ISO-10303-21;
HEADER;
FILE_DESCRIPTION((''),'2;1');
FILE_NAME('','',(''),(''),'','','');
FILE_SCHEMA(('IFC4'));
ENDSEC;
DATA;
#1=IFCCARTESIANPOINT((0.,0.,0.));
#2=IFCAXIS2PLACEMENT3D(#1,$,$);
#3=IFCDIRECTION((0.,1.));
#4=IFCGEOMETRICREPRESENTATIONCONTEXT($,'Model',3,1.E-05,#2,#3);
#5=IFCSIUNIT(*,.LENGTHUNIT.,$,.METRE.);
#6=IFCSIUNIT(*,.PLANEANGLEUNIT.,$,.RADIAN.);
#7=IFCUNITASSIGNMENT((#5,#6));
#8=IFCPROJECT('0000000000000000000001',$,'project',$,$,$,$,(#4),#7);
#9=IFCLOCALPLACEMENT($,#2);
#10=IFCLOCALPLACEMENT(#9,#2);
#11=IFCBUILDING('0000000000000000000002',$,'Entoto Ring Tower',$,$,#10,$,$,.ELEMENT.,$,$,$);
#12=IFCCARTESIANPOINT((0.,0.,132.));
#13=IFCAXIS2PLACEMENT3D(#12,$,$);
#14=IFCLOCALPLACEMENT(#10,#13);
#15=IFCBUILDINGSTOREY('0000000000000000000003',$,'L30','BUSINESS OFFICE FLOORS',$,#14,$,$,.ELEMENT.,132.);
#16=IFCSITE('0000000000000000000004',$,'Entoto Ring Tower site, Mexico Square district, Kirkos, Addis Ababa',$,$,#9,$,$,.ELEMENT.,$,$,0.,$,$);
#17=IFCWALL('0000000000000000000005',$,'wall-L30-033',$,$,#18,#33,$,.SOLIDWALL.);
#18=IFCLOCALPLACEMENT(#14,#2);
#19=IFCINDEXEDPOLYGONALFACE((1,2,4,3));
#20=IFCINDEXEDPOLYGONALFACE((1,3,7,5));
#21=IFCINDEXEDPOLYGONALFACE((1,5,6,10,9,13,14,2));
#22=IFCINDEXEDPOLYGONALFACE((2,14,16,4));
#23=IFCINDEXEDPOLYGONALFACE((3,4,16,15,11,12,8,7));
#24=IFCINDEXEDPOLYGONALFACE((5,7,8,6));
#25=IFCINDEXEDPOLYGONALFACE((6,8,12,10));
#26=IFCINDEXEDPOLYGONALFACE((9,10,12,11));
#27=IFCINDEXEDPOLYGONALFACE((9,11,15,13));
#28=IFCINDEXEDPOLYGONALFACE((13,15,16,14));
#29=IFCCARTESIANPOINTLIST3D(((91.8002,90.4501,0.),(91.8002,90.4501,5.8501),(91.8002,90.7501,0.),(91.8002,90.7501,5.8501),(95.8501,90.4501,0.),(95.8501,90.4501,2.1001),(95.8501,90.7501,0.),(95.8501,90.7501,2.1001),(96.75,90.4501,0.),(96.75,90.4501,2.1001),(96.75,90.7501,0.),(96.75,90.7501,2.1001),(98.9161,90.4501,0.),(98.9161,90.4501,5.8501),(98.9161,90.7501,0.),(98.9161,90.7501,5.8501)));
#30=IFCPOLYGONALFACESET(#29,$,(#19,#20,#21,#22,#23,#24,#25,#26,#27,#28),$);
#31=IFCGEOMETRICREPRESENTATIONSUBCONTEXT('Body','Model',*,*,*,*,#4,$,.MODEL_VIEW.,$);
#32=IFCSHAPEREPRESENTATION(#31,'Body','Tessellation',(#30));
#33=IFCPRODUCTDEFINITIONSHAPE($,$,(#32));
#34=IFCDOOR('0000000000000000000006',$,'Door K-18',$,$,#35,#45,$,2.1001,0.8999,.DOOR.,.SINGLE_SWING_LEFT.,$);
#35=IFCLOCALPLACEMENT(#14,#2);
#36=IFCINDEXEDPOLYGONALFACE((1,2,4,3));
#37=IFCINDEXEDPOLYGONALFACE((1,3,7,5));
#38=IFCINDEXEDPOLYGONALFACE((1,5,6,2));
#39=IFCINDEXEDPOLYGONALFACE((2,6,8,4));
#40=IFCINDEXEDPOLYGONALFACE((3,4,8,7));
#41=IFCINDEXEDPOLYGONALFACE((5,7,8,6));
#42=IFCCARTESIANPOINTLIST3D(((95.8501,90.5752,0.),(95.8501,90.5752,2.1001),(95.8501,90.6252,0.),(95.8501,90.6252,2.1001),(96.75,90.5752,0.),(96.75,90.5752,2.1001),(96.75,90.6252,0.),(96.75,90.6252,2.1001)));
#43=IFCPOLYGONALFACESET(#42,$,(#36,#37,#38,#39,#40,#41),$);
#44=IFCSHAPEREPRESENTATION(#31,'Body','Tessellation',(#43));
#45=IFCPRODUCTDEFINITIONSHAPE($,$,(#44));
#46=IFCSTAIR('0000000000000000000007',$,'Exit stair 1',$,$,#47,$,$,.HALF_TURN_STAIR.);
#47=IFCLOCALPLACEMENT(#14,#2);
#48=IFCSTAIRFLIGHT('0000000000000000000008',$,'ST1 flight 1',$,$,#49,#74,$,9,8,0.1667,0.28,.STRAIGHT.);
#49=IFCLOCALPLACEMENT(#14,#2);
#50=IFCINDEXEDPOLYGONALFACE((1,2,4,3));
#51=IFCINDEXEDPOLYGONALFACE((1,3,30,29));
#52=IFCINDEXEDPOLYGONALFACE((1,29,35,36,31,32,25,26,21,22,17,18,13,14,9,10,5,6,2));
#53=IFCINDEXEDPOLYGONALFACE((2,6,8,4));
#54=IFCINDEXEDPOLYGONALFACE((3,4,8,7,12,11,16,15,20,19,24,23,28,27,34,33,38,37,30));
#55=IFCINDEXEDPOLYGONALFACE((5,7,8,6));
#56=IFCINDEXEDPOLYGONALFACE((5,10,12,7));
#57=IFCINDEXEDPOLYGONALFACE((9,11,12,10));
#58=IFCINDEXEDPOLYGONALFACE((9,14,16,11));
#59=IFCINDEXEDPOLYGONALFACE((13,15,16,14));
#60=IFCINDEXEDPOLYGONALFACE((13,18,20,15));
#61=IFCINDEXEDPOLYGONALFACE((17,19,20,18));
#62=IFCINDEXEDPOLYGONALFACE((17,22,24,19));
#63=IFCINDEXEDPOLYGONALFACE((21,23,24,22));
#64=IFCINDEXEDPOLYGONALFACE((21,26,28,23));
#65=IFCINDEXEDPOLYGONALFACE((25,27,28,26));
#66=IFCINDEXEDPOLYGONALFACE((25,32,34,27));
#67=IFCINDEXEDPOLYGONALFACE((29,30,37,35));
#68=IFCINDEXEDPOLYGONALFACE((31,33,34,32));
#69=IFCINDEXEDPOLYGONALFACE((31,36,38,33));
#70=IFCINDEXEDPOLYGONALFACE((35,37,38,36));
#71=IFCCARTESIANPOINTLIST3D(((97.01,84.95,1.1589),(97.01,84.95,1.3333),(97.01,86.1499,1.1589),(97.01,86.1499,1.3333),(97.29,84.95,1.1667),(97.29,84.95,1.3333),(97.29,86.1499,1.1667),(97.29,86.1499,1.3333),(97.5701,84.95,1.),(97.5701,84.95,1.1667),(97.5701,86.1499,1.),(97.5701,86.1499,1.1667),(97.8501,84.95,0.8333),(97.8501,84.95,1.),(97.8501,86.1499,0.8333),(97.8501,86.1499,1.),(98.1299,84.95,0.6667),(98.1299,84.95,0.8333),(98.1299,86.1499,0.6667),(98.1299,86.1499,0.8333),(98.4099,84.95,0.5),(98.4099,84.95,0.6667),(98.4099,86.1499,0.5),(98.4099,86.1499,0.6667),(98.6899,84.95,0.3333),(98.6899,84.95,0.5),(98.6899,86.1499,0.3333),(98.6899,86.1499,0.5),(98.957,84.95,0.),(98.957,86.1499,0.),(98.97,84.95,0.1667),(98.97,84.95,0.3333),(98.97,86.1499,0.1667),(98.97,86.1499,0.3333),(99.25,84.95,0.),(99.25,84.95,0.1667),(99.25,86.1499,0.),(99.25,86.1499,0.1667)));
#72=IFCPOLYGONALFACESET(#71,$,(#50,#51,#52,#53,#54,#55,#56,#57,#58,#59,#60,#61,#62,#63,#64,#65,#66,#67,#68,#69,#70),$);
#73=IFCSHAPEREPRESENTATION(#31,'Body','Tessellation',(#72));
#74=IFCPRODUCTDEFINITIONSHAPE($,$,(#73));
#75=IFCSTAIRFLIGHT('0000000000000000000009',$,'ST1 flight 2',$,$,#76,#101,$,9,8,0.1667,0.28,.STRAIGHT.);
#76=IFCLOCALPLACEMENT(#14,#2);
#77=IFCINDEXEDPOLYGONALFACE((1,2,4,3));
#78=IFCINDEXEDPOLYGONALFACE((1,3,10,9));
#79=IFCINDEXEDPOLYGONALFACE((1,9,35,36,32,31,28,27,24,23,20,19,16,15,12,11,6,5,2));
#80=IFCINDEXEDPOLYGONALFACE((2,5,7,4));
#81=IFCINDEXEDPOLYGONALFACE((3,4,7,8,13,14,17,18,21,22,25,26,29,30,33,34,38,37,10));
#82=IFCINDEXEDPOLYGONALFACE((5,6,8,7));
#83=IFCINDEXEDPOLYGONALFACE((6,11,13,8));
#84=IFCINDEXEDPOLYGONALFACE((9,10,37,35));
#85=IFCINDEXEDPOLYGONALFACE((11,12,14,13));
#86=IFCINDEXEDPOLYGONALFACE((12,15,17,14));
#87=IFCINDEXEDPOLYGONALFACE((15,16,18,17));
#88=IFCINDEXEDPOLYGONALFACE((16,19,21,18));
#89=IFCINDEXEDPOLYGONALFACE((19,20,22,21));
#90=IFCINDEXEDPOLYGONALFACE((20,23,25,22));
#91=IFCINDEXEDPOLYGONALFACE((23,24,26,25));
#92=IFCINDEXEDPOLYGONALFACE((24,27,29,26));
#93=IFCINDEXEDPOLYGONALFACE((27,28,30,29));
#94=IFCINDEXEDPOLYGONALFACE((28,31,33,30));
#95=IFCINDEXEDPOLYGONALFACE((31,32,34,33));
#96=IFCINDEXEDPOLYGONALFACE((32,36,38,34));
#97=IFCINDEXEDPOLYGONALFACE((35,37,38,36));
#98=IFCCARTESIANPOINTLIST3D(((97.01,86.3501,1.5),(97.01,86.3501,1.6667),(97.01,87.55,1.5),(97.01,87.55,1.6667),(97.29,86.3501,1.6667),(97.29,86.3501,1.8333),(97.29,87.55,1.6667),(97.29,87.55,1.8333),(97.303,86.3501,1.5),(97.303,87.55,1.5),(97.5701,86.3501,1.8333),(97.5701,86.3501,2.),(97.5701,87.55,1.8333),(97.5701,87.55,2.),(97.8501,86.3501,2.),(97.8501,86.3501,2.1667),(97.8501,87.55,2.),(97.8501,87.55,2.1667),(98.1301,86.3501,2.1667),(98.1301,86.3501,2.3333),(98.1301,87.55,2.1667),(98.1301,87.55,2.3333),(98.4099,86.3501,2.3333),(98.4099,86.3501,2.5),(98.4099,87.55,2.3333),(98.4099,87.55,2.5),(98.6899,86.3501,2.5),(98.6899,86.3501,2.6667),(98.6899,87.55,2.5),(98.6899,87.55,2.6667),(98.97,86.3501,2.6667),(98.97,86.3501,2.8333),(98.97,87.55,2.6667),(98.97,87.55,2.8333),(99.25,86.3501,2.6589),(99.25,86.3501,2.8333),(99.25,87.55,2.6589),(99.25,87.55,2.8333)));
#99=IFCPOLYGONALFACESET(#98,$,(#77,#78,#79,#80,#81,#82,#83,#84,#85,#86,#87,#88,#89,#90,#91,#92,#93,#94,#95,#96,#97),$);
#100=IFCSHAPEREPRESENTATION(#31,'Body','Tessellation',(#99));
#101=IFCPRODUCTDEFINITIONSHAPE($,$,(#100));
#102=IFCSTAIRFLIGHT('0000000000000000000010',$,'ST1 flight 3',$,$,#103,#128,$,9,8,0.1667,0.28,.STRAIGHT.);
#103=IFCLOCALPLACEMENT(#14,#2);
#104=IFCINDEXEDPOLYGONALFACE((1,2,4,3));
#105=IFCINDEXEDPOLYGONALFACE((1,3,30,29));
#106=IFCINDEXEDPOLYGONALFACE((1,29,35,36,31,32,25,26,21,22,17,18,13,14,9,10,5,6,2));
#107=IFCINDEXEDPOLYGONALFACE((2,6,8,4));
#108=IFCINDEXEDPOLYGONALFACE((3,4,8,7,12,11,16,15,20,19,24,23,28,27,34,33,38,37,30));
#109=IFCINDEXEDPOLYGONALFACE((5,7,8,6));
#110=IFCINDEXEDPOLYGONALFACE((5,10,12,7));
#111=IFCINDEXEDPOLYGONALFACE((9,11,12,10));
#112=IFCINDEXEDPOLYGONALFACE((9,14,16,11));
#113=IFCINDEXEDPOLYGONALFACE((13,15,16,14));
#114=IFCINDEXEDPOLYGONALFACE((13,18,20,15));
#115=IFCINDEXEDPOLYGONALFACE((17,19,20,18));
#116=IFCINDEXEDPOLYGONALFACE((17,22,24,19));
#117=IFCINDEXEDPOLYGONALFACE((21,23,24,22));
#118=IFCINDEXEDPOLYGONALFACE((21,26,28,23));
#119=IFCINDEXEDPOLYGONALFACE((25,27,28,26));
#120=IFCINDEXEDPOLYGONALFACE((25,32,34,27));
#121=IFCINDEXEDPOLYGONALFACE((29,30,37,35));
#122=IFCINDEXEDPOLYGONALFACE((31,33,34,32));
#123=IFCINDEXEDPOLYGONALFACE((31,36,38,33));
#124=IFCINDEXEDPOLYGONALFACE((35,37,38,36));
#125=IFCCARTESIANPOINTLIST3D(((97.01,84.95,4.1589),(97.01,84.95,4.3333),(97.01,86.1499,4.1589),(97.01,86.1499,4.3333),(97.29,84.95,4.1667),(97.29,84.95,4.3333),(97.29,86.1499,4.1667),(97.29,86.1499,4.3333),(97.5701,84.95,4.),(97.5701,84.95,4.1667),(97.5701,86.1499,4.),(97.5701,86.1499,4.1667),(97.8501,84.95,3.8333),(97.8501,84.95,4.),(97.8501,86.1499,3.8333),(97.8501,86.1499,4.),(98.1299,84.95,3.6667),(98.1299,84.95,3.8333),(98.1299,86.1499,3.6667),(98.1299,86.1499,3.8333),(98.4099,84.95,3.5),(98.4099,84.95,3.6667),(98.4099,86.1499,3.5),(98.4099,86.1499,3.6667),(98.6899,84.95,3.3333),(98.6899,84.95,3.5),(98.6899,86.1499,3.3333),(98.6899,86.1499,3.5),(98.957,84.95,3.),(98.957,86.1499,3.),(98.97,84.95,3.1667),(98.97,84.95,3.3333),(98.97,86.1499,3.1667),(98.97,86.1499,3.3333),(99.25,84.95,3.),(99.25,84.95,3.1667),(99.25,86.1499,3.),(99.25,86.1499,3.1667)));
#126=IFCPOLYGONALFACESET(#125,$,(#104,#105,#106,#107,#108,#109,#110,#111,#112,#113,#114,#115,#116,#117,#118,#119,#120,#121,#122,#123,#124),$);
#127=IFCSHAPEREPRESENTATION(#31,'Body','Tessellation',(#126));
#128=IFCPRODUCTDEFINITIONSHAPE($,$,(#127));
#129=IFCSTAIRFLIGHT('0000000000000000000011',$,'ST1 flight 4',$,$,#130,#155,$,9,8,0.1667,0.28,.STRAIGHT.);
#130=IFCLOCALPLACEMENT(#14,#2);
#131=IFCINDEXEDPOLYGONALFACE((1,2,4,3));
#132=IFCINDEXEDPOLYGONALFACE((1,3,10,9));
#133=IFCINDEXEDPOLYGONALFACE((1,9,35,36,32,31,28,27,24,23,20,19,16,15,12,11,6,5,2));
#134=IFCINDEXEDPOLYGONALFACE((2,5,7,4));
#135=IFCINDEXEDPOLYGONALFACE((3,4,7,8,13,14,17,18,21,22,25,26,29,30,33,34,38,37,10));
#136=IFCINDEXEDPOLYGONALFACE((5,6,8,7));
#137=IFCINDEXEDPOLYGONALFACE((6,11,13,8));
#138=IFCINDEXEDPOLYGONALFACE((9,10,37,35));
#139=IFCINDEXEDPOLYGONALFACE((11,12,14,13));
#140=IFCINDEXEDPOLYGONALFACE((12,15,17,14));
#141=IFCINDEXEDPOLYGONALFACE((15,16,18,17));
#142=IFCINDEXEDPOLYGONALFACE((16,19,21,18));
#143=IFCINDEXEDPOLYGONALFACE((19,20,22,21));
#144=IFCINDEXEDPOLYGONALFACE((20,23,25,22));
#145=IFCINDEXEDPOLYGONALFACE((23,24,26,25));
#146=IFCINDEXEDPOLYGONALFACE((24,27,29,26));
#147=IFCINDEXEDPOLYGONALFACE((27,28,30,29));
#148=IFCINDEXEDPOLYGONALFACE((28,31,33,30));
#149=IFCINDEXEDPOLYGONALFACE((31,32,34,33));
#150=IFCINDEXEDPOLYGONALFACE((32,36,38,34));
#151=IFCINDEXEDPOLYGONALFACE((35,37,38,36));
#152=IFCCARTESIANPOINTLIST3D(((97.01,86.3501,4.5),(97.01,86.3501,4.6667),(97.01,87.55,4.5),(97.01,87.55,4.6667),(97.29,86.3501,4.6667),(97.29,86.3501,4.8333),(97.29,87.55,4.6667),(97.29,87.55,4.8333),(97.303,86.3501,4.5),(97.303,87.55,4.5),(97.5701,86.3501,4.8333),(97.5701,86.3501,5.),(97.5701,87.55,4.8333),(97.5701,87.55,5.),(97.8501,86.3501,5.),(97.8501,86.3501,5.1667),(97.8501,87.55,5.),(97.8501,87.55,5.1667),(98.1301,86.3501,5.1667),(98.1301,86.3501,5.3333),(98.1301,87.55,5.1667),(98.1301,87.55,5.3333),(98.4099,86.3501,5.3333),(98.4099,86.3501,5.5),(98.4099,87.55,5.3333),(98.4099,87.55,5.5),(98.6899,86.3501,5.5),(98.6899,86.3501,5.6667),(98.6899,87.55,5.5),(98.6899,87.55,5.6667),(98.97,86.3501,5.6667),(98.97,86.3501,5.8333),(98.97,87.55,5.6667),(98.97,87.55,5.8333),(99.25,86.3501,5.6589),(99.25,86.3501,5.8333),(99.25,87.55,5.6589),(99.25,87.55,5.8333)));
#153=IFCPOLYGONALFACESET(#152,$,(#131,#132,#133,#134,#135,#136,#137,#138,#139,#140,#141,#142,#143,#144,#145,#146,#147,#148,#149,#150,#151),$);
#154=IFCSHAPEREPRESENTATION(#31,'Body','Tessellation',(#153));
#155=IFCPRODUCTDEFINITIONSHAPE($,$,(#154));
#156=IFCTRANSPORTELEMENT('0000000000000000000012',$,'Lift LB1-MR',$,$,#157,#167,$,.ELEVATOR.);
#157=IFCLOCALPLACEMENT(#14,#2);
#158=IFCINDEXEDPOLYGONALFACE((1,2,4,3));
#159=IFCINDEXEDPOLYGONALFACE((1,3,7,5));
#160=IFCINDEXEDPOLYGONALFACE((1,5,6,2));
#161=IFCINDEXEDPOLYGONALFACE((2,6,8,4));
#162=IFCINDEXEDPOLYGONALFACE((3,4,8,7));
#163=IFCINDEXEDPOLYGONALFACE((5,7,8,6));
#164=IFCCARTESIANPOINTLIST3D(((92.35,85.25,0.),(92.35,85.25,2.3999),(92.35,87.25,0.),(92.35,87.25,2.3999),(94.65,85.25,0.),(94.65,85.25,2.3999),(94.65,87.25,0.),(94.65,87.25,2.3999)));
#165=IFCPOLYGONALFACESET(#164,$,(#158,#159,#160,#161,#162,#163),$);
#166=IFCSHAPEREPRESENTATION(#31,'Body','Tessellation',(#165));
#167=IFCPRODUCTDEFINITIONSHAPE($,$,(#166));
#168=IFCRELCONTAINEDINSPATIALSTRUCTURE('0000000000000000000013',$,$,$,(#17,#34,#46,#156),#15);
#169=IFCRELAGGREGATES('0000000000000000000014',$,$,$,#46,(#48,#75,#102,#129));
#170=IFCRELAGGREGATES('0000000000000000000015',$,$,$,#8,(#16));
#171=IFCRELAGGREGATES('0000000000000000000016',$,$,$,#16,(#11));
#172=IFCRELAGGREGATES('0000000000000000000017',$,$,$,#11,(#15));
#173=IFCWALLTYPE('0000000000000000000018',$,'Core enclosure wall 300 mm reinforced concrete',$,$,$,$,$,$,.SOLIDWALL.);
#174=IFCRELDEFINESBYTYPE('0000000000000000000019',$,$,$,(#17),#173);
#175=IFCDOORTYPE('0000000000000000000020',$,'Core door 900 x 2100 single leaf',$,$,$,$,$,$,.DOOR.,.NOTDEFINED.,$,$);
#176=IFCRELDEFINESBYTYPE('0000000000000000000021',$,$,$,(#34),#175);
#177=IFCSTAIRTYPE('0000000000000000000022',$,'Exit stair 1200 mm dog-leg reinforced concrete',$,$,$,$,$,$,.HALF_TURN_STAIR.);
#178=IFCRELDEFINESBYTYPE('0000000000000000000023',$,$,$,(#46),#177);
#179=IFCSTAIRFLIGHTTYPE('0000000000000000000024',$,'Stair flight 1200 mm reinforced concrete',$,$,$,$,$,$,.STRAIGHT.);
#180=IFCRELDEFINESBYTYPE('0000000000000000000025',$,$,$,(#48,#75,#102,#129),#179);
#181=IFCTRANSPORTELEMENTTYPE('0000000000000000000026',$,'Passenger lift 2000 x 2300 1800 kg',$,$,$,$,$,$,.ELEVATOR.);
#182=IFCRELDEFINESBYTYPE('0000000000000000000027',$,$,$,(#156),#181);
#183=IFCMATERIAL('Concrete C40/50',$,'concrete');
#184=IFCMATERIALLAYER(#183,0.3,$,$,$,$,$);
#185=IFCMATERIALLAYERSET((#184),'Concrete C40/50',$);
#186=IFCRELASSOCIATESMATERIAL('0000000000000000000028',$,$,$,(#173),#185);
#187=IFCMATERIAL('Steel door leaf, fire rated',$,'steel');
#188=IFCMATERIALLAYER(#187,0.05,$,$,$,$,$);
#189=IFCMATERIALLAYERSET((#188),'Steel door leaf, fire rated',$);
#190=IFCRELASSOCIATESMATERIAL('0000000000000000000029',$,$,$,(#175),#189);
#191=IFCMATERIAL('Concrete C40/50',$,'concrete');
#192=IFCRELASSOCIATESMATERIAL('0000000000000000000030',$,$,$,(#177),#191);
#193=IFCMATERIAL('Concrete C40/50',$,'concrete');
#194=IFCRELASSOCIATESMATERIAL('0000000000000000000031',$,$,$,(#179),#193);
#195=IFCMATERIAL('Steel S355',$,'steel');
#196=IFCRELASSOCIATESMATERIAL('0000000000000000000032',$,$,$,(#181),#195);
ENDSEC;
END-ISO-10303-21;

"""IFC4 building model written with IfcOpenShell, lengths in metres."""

from ifc_helpers import new_model, si_unit, direction, frame, frame_2d, origin, origin_2d, place, context, subcontext, project, spatial, polyline, rectangle, outline, extrude, material, layer, layer_set, type_object, element, fill, aggregate, save


model = new_model("IFC4")

# Units and contexts
model_context = context("Model", 3, precision=1e-05, world=origin(), true_north=direction((0.0, 1.0)))
body_context = subcontext(model_context, "Body", "Model", "MODEL_VIEW")
ifc_project = project(units=[si_unit("LENGTHUNIT", "METRE"), si_unit("PLANEANGLEUNIT", "RADIAN")], contexts=[model_context])

# Site, building, storey
site_placement = place(None, origin())
site = spatial("IfcSite", under=ifc_project, at=site_placement, Name="Entoto Ring Tower site, Mexico Square district, Kirkos, Addis Ababa", CompositionType="ELEMENT", RefElevation=0.0)
building_placement = place(site_placement, origin())
building = spatial("IfcBuilding", under=site, at=building_placement, Name="Entoto Ring Tower", CompositionType="ELEMENT")
storey_placement = place(building_placement, frame((0.0, 0.0, 132.0)))
storey = spatial("IfcBuildingStorey", under=building, at=storey_placement, Name="L30", Description="BUSINESS OFFICE FLOORS", CompositionType="ELEMENT", Elevation=132.0)

# Shared definitions
ifc_material_1 = material(Name="Concrete C40/50", Category="concrete")
ifc_layer_1 = layer(ifc_material_1, 0.3)
ifc_layer_set_1 = layer_set([ifc_layer_1], Name="Concrete C40/50")
wall_type = type_object("IfcWallType", Name="Core enclosure wall 300 mm reinforced concrete", PredefinedType="SOLIDWALL", material=ifc_layer_set_1)

# Wall, opening, door
wall_1_placement = place(storey_placement, frame((91.8, 90.6001, 0.0), z_axis=(0.0, 0.0, 1.0), x_axis=(1.0, 0.0, 0.0)))
wall_1 = element("IfcWall", 1, at=wall_1_placement, inside=storey, type_object=wall_type, Name="wall-L30-033", PredefinedType="SOLIDWALL", context=body_context, shape_type="SweptSolid", body=[
    extrude(rectangle(XDim=7.116, YDim=0.3, at=frame_2d((3.5581, 0.0))), origin(), (0.0, 0.0, 1.0), 5.8501),
])
opening_1_placement = place(wall_1_placement, frame((4.05, 0.0, 0.0)))
opening_1 = element("IfcOpeningElement", 2, at=opening_1_placement, cuts=wall_1, PredefinedType="OPENING", context=body_context, shape_type="SweptSolid", body=[
    extrude(rectangle(XDim=0.8999, YDim=2.1001, at=frame_2d((0.45, 1.05))), frame((0.0, 0.1602, 0.0), z_axis=(0.0, -1.0, 0.0), x_axis=(1.0, 0.0, 0.0)), (0.0, 0.0, 1.0), 0.3201),
])
ifc_material_2 = material(Name="Steel door leaf, fire rated", Category="steel")
ifc_layer_2 = layer(ifc_material_2, 0.05)
ifc_layer_set_2 = layer_set([ifc_layer_2], Name="Steel door leaf, fire rated")
door_type_1 = type_object("IfcDoorType", Name="Core door 900 x 2100 single leaf", OperationType="NOTDEFINED", PredefinedType="DOOR", material=ifc_layer_set_2)
door_1_placement = place(opening_1_placement, frame((0.8999, 0.0, 0.0), z_axis=(0.0, 0.0, 1.0), x_axis=(-1.0, 0.0, 0.0)))
door_1 = element("IfcDoor", 3, at=door_1_placement, inside=storey, type_object=door_type_1, Name="Door K-18", OperationType="SINGLE_SWING_LEFT", OverallHeight=2.1001, OverallWidth=0.8999, PredefinedType="DOOR", context=body_context, shape_type="SweptSolid", body=[
    extrude(rectangle(XDim=0.8999, YDim=2.1001, at=frame_2d((0.45, 1.05))), frame((0.0, 0.0249, 0.0), z_axis=(0.0, -1.0, 0.0), x_axis=(1.0, 0.0, 0.0)), (0.0, 0.0, 1.0), 0.05),
])
fill(opening_1, door_1)

# Stair, stair flights
ifc_material_3 = material(Name="Concrete C40/50", Category="concrete")
stair_type = type_object("IfcStairType", Name="Exit stair 1200 mm dog-leg reinforced concrete", PredefinedType="HALF_TURN_STAIR", material=ifc_material_3)
stair_placement = place(storey_placement, origin())
stair = element("IfcStair", 4, at=stair_placement, inside=storey, type_object=stair_type, Name="Exit stair 1", PredefinedType="HALF_TURN_STAIR")
ifc_material_4 = material(Name="Concrete C40/50", Category="concrete")
stair_flight_type = type_object("IfcStairFlightType", Name="Stair flight 1200 mm reinforced concrete", PredefinedType="STRAIGHT", material=ifc_material_4)
stair_flight_1_placement = place(storey_placement, frame((99.25, 85.55, 0.0), z_axis=(0.0, 0.0, 1.0), x_axis=(-1.0, 0.0, 0.0)))
stair_flight_1 = element("IfcStairFlight", 5, at=stair_flight_1_placement, type_object=stair_flight_type, Name="ST1 flight 1", NumberOfRisers=9, NumberOfTreads=8, PredefinedType="STRAIGHT", RiserHeight=0.1667, TreadLength=0.28, context=body_context, shape_type="SweptSolid", body=[
    extrude(outline(polyline([(0.0, 0.0), (0.0, 0.1667), (0.28, 0.1667), (0.28, 0.3333), (0.5601, 0.3333), (0.5601, 0.5), (0.8401, 0.5), (0.8401, 0.6667), (1.1201, 0.6667), (1.1201, 0.8333), (1.3999, 0.8333), (1.3999, 1.0), (1.6799, 1.0), (1.6799, 1.1667), (1.96, 1.1667), (1.96, 1.3333), (2.24, 1.3333), (2.24, 1.5), (2.24, 1.1589), (0.293, 0.0), (0.0, 0.0)])), frame((0.0, 0.6001, 0.0), z_axis=(0.0, -1.0, 0.0), x_axis=(1.0, 0.0, 0.0)), (0.0, 0.0, 1.0), 1.2),
])
stair_flight_2_placement = place(storey_placement, frame((97.01, 86.95, 1.5), z_axis=(0.0, 0.0, 1.0), x_axis=(1.0, 0.0, 0.0)))
stair_flight_2 = element("IfcStairFlight", 6, at=stair_flight_2_placement, type_object=stair_flight_type, Name="ST1 flight 2", NumberOfRisers=9, NumberOfTreads=8, PredefinedType="STRAIGHT", RiserHeight=0.1667, TreadLength=0.28, context=body_context, shape_type="SweptSolid", body=[
    extrude(outline(polyline([(0.0, 0.0), (0.0, 0.1667), (0.28, 0.1667), (0.28, 0.3333), (0.5601, 0.3333), (0.5601, 0.5), (0.8401, 0.5), (0.8401, 0.6667), (1.1201, 0.6667), (1.1201, 0.8333), (1.3999, 0.8333), (1.3999, 1.0), (1.6799, 1.0), (1.6799, 1.1667), (1.96, 1.1667), (1.96, 1.3333), (2.24, 1.3333), (2.24, 1.5), (2.24, 1.1589), (0.293, 0.0), (0.0, 0.0)])), frame((0.0, 0.6001, 0.0), z_axis=(0.0, -1.0, 0.0), x_axis=(1.0, 0.0, 0.0)), (0.0, 0.0, 1.0), 1.2),
])
stair_flight_3_placement = place(storey_placement, frame((99.25, 85.55, 3.0), z_axis=(0.0, 0.0, 1.0), x_axis=(-1.0, 0.0, 0.0)))
stair_flight_3 = element("IfcStairFlight", 7, at=stair_flight_3_placement, type_object=stair_flight_type, Name="ST1 flight 3", NumberOfRisers=9, NumberOfTreads=8, PredefinedType="STRAIGHT", RiserHeight=0.1667, TreadLength=0.28, context=body_context, shape_type="SweptSolid", body=[
    extrude(outline(polyline([(0.0, 0.0), (0.0, 0.1667), (0.28, 0.1667), (0.28, 0.3333), (0.5601, 0.3333), (0.5601, 0.5), (0.8401, 0.5), (0.8401, 0.6667), (1.1201, 0.6667), (1.1201, 0.8333), (1.3999, 0.8333), (1.3999, 1.0), (1.6799, 1.0), (1.6799, 1.1667), (1.96, 1.1667), (1.96, 1.3333), (2.24, 1.3333), (2.24, 1.5), (2.24, 1.1589), (0.293, 0.0), (0.0, 0.0)])), frame((0.0, 0.6001, 0.0), z_axis=(0.0, -1.0, 0.0), x_axis=(1.0, 0.0, 0.0)), (0.0, 0.0, 1.0), 1.2),
])
stair_flight_4_placement = place(storey_placement, frame((97.01, 86.95, 4.5), z_axis=(0.0, 0.0, 1.0), x_axis=(1.0, 0.0, 0.0)))
stair_flight_4 = element("IfcStairFlight", 8, at=stair_flight_4_placement, type_object=stair_flight_type, Name="ST1 flight 4", NumberOfRisers=9, NumberOfTreads=8, PredefinedType="STRAIGHT", RiserHeight=0.1667, TreadLength=0.28, context=body_context, shape_type="SweptSolid", body=[
    extrude(outline(polyline([(0.0, 0.0), (0.0, 0.1667), (0.28, 0.1667), (0.28, 0.3333), (0.5601, 0.3333), (0.5601, 0.5), (0.8401, 0.5), (0.8401, 0.6667), (1.1201, 0.6667), (1.1201, 0.8333), (1.3999, 0.8333), (1.3999, 1.0), (1.6799, 1.0), (1.6799, 1.1667), (1.96, 1.1667), (1.96, 1.3333), (2.24, 1.3333), (2.24, 1.5), (2.24, 1.1589), (0.293, 0.0), (0.0, 0.0)])), frame((0.0, 0.6001, 0.0), z_axis=(0.0, -1.0, 0.0), x_axis=(1.0, 0.0, 0.0)), (0.0, 0.0, 1.0), 1.2),
])
aggregate(stair, [stair_flight_1, stair_flight_2, stair_flight_3, stair_flight_4])

# Transport element
ifc_material_5 = material(Name="Steel S355", Category="steel")
transport_element_type = type_object("IfcTransportElementType", Name="Passenger lift 2000 x 2300 1800 kg", PredefinedType="ELEVATOR", material=ifc_material_5)
transport_element_1_placement = place(storey_placement, frame((93.5, 86.25, 0.0), z_axis=(0.0, 0.0, 1.0), x_axis=(1.0, 0.0, 0.0)))
element("IfcTransportElement", 9, at=transport_element_1_placement, inside=storey, type_object=transport_element_type, Name="Lift LB1-MR", PredefinedType="ELEVATOR", context=body_context, shape_type="SweptSolid", body=[
    extrude(rectangle(XDim=2.3, YDim=2.0, at=origin_2d()), origin(), (0.0, 0.0, 1.0), 2.3999),
])

save(model, "model.ifc")
